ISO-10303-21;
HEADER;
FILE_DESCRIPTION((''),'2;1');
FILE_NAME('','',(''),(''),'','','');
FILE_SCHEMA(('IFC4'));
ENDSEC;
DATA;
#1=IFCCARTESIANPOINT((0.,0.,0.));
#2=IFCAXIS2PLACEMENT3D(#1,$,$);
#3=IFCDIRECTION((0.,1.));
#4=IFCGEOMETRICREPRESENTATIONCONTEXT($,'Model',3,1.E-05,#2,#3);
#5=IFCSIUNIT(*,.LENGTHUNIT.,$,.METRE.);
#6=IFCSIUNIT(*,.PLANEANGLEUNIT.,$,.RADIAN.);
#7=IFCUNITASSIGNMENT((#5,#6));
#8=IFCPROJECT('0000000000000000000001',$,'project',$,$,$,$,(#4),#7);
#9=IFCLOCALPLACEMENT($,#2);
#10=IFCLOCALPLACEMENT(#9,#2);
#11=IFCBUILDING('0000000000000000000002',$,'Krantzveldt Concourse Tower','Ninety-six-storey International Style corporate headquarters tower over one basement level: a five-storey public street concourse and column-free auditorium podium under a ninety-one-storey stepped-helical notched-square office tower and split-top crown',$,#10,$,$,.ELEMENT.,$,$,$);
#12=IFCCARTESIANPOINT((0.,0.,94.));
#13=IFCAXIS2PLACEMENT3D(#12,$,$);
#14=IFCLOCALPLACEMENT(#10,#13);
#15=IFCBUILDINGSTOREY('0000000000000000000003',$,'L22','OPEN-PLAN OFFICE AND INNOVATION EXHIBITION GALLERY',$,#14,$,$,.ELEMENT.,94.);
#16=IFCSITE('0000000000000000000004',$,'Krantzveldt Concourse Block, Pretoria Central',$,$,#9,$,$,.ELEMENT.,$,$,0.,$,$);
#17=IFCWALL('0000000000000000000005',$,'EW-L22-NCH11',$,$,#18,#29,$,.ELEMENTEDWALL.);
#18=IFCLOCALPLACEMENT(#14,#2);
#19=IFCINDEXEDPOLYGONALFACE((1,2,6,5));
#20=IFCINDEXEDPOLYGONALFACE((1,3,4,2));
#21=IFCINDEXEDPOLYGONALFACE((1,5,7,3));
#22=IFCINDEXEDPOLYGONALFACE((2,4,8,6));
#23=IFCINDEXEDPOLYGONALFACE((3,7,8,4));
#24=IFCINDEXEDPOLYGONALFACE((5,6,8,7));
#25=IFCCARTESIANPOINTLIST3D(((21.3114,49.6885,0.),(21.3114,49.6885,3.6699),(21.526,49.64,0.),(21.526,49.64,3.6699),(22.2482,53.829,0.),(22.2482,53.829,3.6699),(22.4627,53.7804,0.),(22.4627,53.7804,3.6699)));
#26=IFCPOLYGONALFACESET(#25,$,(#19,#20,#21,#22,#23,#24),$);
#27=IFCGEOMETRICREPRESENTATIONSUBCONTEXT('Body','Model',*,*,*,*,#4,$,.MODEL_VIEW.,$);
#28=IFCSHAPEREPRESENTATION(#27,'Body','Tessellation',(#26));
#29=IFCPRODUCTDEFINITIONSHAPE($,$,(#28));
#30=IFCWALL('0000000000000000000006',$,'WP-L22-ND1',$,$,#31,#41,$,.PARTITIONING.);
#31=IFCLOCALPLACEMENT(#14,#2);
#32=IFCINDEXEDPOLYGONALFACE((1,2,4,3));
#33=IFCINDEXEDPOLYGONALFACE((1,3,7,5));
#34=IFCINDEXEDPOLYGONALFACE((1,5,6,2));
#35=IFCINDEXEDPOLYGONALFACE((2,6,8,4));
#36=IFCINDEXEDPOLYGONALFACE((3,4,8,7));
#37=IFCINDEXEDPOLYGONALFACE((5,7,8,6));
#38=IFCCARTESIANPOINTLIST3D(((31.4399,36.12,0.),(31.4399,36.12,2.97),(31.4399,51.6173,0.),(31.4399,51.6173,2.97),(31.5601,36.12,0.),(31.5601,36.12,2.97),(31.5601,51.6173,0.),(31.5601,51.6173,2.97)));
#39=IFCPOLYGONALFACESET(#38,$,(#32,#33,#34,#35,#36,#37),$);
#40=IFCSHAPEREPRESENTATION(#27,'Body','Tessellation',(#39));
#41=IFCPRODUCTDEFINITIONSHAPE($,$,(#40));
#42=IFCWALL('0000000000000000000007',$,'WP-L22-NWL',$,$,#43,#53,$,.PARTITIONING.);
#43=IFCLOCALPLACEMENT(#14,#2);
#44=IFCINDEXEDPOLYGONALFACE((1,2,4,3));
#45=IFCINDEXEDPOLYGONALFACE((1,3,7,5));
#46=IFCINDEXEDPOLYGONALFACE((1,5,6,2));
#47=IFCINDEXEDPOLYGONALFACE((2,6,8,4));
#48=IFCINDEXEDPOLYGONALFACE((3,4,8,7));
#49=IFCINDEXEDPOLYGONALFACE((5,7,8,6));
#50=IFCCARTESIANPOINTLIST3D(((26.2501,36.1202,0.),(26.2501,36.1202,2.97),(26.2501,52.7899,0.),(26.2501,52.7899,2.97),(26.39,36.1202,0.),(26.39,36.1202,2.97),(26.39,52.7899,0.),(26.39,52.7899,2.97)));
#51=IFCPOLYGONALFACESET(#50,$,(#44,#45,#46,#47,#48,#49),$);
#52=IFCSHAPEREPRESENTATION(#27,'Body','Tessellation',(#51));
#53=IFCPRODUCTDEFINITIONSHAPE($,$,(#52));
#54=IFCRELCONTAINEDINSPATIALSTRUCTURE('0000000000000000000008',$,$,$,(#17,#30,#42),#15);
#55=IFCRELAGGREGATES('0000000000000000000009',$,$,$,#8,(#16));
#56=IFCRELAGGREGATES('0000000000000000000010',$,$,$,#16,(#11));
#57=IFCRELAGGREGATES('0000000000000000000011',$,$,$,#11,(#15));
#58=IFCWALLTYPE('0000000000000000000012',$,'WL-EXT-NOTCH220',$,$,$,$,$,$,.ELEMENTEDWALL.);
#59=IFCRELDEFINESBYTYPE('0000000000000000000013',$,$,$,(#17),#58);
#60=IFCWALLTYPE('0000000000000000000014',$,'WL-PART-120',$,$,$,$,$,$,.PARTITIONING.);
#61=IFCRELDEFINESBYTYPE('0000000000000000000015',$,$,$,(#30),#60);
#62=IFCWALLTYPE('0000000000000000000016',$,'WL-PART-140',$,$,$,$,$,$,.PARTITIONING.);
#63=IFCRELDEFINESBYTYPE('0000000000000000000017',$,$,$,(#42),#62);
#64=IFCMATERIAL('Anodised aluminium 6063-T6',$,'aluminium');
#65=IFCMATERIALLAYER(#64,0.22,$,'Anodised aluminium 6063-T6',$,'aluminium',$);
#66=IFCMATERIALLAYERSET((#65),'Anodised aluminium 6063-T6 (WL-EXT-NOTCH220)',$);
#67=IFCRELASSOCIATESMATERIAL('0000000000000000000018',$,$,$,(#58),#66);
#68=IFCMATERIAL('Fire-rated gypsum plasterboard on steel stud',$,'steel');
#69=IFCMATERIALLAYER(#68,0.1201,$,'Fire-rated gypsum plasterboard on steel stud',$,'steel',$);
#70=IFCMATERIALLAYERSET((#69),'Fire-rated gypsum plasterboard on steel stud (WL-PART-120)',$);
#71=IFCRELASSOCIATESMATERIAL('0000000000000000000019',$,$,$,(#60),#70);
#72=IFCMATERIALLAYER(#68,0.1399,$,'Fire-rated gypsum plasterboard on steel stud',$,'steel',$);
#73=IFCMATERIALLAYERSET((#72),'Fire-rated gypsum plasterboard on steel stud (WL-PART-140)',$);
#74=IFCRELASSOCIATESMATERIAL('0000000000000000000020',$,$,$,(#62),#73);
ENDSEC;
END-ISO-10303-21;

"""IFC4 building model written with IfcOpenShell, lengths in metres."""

from ifc_helpers import new_model, si_unit, direction, frame, frame_2d, origin, place, context, subcontext, project, spatial, rectangle, extrude, material, layer, layer_set, type_object, element, save


model = new_model("IFC4")

# Units and contexts
model_context = context("Model", 3, precision=1e-05, world=origin(), true_north=direction((0.0, 1.0)))
body_context = subcontext(model_context, "Body", "Model", "MODEL_VIEW")
ifc_project = project(units=[si_unit("LENGTHUNIT", "METRE"), si_unit("PLANEANGLEUNIT", "RADIAN")], contexts=[model_context])

# Site, building, storey
site_placement = place(None, origin())
site = spatial("IfcSite", under=ifc_project, at=site_placement, Name="Krantzveldt Concourse Block, Pretoria Central", CompositionType="ELEMENT", RefElevation=0.0)
building_placement = place(site_placement, origin())
building = spatial("IfcBuilding", under=site, at=building_placement, Name="Krantzveldt Concourse Tower", Description="Ninety-six-storey International Style corporate headquarters tower over one basement level: a five-storey public street concourse and column-free auditorium podium under a ninety-one-storey stepped-helical notched-square office tower and split-top crown", CompositionType="ELEMENT")
storey_placement = place(building_placement, frame((0.0, 0.0, 94.0)))
storey = spatial("IfcBuildingStorey", under=building, at=storey_placement, Name="L22", Description="OPEN-PLAN OFFICE AND INNOVATION EXHIBITION GALLERY", CompositionType="ELEMENT", Elevation=94.0)

# Shared definitions
ifc_material_1 = material(Name="Anodised aluminium 6063-T6", Category="aluminium")

# Walls
ifc_layer_1 = layer(ifc_material_1, 0.22, Name="Anodised aluminium 6063-T6", Category="aluminium")
ifc_layer_set_1 = layer_set([ifc_layer_1], Name="Anodised aluminium 6063-T6 (WL-EXT-NOTCH220)")
wall_type_1 = type_object("IfcWallType", Name="WL-EXT-NOTCH220", PredefinedType="ELEMENTEDWALL", material=ifc_layer_set_1)
wall_1_placement = place(storey_placement, frame((22.3555, 53.8047, 0.0), z_axis=(0.0, 0.0, 1.0), x_axis=(-0.220674, -0.975348, 0.0)))
element("IfcWall", 1, at=wall_1_placement, inside=storey, type_object=wall_type_1, Name="EW-L22-NCH11", PredefinedType="ELEMENTEDWALL", context=body_context, shape_type="SweptSolid", body=[
    extrude(rectangle(XDim=4.2451, YDim=0.22, at=frame_2d((2.1226, 0.0))), origin(), (0.0, 0.0, 1.0), 3.6699),
])
ifc_material_2 = material(Name="Fire-rated gypsum plasterboard on steel stud", Category="steel")
ifc_layer_2 = layer(ifc_material_2, 0.1201, Name="Fire-rated gypsum plasterboard on steel stud", Category="steel")
ifc_layer_set_2 = layer_set([ifc_layer_2], Name="Fire-rated gypsum plasterboard on steel stud (WL-PART-120)")
wall_type_2 = type_object("IfcWallType", Name="WL-PART-120", PredefinedType="PARTITIONING", material=ifc_layer_set_2)
wall_2_placement = place(storey_placement, frame((31.5, 36.1201, 0.0), z_axis=(0.0, 0.0, 1.0), x_axis=(0.0, 1.0, 0.0)))
element("IfcWall", 2, at=wall_2_placement, inside=storey, type_object=wall_type_2, Name="WP-L22-ND1", PredefinedType="PARTITIONING", context=body_context, shape_type="SweptSolid", body=[
    extrude(rectangle(XDim=15.4973, YDim=0.1201, at=frame_2d((7.7485, 0.0))), origin(), (0.0, 0.0, 1.0), 2.97),
])
ifc_layer_3 = layer(ifc_material_2, 0.1399, Name="Fire-rated gypsum plasterboard on steel stud", Category="steel")
ifc_layer_set_3 = layer_set([ifc_layer_3], Name="Fire-rated gypsum plasterboard on steel stud (WL-PART-140)")
wall_type_3 = type_object("IfcWallType", Name="WL-PART-140", PredefinedType="PARTITIONING", material=ifc_layer_set_3)
wall_3_placement = place(storey_placement, frame((26.3201, 36.1201, 0.0), z_axis=(0.0, 0.0, 1.0), x_axis=(0.0, 1.0, 0.0)))
element("IfcWall", 3, at=wall_3_placement, inside=storey, type_object=wall_type_3, Name="WP-L22-NWL", PredefinedType="PARTITIONING", context=body_context, shape_type="SweptSolid", body=[
    extrude(rectangle(XDim=16.6697, YDim=0.1399, at=frame_2d((8.335, 0.0))), origin(), (0.0, 0.0, 1.0), 2.97),
])

save(model, "model.ifc")
